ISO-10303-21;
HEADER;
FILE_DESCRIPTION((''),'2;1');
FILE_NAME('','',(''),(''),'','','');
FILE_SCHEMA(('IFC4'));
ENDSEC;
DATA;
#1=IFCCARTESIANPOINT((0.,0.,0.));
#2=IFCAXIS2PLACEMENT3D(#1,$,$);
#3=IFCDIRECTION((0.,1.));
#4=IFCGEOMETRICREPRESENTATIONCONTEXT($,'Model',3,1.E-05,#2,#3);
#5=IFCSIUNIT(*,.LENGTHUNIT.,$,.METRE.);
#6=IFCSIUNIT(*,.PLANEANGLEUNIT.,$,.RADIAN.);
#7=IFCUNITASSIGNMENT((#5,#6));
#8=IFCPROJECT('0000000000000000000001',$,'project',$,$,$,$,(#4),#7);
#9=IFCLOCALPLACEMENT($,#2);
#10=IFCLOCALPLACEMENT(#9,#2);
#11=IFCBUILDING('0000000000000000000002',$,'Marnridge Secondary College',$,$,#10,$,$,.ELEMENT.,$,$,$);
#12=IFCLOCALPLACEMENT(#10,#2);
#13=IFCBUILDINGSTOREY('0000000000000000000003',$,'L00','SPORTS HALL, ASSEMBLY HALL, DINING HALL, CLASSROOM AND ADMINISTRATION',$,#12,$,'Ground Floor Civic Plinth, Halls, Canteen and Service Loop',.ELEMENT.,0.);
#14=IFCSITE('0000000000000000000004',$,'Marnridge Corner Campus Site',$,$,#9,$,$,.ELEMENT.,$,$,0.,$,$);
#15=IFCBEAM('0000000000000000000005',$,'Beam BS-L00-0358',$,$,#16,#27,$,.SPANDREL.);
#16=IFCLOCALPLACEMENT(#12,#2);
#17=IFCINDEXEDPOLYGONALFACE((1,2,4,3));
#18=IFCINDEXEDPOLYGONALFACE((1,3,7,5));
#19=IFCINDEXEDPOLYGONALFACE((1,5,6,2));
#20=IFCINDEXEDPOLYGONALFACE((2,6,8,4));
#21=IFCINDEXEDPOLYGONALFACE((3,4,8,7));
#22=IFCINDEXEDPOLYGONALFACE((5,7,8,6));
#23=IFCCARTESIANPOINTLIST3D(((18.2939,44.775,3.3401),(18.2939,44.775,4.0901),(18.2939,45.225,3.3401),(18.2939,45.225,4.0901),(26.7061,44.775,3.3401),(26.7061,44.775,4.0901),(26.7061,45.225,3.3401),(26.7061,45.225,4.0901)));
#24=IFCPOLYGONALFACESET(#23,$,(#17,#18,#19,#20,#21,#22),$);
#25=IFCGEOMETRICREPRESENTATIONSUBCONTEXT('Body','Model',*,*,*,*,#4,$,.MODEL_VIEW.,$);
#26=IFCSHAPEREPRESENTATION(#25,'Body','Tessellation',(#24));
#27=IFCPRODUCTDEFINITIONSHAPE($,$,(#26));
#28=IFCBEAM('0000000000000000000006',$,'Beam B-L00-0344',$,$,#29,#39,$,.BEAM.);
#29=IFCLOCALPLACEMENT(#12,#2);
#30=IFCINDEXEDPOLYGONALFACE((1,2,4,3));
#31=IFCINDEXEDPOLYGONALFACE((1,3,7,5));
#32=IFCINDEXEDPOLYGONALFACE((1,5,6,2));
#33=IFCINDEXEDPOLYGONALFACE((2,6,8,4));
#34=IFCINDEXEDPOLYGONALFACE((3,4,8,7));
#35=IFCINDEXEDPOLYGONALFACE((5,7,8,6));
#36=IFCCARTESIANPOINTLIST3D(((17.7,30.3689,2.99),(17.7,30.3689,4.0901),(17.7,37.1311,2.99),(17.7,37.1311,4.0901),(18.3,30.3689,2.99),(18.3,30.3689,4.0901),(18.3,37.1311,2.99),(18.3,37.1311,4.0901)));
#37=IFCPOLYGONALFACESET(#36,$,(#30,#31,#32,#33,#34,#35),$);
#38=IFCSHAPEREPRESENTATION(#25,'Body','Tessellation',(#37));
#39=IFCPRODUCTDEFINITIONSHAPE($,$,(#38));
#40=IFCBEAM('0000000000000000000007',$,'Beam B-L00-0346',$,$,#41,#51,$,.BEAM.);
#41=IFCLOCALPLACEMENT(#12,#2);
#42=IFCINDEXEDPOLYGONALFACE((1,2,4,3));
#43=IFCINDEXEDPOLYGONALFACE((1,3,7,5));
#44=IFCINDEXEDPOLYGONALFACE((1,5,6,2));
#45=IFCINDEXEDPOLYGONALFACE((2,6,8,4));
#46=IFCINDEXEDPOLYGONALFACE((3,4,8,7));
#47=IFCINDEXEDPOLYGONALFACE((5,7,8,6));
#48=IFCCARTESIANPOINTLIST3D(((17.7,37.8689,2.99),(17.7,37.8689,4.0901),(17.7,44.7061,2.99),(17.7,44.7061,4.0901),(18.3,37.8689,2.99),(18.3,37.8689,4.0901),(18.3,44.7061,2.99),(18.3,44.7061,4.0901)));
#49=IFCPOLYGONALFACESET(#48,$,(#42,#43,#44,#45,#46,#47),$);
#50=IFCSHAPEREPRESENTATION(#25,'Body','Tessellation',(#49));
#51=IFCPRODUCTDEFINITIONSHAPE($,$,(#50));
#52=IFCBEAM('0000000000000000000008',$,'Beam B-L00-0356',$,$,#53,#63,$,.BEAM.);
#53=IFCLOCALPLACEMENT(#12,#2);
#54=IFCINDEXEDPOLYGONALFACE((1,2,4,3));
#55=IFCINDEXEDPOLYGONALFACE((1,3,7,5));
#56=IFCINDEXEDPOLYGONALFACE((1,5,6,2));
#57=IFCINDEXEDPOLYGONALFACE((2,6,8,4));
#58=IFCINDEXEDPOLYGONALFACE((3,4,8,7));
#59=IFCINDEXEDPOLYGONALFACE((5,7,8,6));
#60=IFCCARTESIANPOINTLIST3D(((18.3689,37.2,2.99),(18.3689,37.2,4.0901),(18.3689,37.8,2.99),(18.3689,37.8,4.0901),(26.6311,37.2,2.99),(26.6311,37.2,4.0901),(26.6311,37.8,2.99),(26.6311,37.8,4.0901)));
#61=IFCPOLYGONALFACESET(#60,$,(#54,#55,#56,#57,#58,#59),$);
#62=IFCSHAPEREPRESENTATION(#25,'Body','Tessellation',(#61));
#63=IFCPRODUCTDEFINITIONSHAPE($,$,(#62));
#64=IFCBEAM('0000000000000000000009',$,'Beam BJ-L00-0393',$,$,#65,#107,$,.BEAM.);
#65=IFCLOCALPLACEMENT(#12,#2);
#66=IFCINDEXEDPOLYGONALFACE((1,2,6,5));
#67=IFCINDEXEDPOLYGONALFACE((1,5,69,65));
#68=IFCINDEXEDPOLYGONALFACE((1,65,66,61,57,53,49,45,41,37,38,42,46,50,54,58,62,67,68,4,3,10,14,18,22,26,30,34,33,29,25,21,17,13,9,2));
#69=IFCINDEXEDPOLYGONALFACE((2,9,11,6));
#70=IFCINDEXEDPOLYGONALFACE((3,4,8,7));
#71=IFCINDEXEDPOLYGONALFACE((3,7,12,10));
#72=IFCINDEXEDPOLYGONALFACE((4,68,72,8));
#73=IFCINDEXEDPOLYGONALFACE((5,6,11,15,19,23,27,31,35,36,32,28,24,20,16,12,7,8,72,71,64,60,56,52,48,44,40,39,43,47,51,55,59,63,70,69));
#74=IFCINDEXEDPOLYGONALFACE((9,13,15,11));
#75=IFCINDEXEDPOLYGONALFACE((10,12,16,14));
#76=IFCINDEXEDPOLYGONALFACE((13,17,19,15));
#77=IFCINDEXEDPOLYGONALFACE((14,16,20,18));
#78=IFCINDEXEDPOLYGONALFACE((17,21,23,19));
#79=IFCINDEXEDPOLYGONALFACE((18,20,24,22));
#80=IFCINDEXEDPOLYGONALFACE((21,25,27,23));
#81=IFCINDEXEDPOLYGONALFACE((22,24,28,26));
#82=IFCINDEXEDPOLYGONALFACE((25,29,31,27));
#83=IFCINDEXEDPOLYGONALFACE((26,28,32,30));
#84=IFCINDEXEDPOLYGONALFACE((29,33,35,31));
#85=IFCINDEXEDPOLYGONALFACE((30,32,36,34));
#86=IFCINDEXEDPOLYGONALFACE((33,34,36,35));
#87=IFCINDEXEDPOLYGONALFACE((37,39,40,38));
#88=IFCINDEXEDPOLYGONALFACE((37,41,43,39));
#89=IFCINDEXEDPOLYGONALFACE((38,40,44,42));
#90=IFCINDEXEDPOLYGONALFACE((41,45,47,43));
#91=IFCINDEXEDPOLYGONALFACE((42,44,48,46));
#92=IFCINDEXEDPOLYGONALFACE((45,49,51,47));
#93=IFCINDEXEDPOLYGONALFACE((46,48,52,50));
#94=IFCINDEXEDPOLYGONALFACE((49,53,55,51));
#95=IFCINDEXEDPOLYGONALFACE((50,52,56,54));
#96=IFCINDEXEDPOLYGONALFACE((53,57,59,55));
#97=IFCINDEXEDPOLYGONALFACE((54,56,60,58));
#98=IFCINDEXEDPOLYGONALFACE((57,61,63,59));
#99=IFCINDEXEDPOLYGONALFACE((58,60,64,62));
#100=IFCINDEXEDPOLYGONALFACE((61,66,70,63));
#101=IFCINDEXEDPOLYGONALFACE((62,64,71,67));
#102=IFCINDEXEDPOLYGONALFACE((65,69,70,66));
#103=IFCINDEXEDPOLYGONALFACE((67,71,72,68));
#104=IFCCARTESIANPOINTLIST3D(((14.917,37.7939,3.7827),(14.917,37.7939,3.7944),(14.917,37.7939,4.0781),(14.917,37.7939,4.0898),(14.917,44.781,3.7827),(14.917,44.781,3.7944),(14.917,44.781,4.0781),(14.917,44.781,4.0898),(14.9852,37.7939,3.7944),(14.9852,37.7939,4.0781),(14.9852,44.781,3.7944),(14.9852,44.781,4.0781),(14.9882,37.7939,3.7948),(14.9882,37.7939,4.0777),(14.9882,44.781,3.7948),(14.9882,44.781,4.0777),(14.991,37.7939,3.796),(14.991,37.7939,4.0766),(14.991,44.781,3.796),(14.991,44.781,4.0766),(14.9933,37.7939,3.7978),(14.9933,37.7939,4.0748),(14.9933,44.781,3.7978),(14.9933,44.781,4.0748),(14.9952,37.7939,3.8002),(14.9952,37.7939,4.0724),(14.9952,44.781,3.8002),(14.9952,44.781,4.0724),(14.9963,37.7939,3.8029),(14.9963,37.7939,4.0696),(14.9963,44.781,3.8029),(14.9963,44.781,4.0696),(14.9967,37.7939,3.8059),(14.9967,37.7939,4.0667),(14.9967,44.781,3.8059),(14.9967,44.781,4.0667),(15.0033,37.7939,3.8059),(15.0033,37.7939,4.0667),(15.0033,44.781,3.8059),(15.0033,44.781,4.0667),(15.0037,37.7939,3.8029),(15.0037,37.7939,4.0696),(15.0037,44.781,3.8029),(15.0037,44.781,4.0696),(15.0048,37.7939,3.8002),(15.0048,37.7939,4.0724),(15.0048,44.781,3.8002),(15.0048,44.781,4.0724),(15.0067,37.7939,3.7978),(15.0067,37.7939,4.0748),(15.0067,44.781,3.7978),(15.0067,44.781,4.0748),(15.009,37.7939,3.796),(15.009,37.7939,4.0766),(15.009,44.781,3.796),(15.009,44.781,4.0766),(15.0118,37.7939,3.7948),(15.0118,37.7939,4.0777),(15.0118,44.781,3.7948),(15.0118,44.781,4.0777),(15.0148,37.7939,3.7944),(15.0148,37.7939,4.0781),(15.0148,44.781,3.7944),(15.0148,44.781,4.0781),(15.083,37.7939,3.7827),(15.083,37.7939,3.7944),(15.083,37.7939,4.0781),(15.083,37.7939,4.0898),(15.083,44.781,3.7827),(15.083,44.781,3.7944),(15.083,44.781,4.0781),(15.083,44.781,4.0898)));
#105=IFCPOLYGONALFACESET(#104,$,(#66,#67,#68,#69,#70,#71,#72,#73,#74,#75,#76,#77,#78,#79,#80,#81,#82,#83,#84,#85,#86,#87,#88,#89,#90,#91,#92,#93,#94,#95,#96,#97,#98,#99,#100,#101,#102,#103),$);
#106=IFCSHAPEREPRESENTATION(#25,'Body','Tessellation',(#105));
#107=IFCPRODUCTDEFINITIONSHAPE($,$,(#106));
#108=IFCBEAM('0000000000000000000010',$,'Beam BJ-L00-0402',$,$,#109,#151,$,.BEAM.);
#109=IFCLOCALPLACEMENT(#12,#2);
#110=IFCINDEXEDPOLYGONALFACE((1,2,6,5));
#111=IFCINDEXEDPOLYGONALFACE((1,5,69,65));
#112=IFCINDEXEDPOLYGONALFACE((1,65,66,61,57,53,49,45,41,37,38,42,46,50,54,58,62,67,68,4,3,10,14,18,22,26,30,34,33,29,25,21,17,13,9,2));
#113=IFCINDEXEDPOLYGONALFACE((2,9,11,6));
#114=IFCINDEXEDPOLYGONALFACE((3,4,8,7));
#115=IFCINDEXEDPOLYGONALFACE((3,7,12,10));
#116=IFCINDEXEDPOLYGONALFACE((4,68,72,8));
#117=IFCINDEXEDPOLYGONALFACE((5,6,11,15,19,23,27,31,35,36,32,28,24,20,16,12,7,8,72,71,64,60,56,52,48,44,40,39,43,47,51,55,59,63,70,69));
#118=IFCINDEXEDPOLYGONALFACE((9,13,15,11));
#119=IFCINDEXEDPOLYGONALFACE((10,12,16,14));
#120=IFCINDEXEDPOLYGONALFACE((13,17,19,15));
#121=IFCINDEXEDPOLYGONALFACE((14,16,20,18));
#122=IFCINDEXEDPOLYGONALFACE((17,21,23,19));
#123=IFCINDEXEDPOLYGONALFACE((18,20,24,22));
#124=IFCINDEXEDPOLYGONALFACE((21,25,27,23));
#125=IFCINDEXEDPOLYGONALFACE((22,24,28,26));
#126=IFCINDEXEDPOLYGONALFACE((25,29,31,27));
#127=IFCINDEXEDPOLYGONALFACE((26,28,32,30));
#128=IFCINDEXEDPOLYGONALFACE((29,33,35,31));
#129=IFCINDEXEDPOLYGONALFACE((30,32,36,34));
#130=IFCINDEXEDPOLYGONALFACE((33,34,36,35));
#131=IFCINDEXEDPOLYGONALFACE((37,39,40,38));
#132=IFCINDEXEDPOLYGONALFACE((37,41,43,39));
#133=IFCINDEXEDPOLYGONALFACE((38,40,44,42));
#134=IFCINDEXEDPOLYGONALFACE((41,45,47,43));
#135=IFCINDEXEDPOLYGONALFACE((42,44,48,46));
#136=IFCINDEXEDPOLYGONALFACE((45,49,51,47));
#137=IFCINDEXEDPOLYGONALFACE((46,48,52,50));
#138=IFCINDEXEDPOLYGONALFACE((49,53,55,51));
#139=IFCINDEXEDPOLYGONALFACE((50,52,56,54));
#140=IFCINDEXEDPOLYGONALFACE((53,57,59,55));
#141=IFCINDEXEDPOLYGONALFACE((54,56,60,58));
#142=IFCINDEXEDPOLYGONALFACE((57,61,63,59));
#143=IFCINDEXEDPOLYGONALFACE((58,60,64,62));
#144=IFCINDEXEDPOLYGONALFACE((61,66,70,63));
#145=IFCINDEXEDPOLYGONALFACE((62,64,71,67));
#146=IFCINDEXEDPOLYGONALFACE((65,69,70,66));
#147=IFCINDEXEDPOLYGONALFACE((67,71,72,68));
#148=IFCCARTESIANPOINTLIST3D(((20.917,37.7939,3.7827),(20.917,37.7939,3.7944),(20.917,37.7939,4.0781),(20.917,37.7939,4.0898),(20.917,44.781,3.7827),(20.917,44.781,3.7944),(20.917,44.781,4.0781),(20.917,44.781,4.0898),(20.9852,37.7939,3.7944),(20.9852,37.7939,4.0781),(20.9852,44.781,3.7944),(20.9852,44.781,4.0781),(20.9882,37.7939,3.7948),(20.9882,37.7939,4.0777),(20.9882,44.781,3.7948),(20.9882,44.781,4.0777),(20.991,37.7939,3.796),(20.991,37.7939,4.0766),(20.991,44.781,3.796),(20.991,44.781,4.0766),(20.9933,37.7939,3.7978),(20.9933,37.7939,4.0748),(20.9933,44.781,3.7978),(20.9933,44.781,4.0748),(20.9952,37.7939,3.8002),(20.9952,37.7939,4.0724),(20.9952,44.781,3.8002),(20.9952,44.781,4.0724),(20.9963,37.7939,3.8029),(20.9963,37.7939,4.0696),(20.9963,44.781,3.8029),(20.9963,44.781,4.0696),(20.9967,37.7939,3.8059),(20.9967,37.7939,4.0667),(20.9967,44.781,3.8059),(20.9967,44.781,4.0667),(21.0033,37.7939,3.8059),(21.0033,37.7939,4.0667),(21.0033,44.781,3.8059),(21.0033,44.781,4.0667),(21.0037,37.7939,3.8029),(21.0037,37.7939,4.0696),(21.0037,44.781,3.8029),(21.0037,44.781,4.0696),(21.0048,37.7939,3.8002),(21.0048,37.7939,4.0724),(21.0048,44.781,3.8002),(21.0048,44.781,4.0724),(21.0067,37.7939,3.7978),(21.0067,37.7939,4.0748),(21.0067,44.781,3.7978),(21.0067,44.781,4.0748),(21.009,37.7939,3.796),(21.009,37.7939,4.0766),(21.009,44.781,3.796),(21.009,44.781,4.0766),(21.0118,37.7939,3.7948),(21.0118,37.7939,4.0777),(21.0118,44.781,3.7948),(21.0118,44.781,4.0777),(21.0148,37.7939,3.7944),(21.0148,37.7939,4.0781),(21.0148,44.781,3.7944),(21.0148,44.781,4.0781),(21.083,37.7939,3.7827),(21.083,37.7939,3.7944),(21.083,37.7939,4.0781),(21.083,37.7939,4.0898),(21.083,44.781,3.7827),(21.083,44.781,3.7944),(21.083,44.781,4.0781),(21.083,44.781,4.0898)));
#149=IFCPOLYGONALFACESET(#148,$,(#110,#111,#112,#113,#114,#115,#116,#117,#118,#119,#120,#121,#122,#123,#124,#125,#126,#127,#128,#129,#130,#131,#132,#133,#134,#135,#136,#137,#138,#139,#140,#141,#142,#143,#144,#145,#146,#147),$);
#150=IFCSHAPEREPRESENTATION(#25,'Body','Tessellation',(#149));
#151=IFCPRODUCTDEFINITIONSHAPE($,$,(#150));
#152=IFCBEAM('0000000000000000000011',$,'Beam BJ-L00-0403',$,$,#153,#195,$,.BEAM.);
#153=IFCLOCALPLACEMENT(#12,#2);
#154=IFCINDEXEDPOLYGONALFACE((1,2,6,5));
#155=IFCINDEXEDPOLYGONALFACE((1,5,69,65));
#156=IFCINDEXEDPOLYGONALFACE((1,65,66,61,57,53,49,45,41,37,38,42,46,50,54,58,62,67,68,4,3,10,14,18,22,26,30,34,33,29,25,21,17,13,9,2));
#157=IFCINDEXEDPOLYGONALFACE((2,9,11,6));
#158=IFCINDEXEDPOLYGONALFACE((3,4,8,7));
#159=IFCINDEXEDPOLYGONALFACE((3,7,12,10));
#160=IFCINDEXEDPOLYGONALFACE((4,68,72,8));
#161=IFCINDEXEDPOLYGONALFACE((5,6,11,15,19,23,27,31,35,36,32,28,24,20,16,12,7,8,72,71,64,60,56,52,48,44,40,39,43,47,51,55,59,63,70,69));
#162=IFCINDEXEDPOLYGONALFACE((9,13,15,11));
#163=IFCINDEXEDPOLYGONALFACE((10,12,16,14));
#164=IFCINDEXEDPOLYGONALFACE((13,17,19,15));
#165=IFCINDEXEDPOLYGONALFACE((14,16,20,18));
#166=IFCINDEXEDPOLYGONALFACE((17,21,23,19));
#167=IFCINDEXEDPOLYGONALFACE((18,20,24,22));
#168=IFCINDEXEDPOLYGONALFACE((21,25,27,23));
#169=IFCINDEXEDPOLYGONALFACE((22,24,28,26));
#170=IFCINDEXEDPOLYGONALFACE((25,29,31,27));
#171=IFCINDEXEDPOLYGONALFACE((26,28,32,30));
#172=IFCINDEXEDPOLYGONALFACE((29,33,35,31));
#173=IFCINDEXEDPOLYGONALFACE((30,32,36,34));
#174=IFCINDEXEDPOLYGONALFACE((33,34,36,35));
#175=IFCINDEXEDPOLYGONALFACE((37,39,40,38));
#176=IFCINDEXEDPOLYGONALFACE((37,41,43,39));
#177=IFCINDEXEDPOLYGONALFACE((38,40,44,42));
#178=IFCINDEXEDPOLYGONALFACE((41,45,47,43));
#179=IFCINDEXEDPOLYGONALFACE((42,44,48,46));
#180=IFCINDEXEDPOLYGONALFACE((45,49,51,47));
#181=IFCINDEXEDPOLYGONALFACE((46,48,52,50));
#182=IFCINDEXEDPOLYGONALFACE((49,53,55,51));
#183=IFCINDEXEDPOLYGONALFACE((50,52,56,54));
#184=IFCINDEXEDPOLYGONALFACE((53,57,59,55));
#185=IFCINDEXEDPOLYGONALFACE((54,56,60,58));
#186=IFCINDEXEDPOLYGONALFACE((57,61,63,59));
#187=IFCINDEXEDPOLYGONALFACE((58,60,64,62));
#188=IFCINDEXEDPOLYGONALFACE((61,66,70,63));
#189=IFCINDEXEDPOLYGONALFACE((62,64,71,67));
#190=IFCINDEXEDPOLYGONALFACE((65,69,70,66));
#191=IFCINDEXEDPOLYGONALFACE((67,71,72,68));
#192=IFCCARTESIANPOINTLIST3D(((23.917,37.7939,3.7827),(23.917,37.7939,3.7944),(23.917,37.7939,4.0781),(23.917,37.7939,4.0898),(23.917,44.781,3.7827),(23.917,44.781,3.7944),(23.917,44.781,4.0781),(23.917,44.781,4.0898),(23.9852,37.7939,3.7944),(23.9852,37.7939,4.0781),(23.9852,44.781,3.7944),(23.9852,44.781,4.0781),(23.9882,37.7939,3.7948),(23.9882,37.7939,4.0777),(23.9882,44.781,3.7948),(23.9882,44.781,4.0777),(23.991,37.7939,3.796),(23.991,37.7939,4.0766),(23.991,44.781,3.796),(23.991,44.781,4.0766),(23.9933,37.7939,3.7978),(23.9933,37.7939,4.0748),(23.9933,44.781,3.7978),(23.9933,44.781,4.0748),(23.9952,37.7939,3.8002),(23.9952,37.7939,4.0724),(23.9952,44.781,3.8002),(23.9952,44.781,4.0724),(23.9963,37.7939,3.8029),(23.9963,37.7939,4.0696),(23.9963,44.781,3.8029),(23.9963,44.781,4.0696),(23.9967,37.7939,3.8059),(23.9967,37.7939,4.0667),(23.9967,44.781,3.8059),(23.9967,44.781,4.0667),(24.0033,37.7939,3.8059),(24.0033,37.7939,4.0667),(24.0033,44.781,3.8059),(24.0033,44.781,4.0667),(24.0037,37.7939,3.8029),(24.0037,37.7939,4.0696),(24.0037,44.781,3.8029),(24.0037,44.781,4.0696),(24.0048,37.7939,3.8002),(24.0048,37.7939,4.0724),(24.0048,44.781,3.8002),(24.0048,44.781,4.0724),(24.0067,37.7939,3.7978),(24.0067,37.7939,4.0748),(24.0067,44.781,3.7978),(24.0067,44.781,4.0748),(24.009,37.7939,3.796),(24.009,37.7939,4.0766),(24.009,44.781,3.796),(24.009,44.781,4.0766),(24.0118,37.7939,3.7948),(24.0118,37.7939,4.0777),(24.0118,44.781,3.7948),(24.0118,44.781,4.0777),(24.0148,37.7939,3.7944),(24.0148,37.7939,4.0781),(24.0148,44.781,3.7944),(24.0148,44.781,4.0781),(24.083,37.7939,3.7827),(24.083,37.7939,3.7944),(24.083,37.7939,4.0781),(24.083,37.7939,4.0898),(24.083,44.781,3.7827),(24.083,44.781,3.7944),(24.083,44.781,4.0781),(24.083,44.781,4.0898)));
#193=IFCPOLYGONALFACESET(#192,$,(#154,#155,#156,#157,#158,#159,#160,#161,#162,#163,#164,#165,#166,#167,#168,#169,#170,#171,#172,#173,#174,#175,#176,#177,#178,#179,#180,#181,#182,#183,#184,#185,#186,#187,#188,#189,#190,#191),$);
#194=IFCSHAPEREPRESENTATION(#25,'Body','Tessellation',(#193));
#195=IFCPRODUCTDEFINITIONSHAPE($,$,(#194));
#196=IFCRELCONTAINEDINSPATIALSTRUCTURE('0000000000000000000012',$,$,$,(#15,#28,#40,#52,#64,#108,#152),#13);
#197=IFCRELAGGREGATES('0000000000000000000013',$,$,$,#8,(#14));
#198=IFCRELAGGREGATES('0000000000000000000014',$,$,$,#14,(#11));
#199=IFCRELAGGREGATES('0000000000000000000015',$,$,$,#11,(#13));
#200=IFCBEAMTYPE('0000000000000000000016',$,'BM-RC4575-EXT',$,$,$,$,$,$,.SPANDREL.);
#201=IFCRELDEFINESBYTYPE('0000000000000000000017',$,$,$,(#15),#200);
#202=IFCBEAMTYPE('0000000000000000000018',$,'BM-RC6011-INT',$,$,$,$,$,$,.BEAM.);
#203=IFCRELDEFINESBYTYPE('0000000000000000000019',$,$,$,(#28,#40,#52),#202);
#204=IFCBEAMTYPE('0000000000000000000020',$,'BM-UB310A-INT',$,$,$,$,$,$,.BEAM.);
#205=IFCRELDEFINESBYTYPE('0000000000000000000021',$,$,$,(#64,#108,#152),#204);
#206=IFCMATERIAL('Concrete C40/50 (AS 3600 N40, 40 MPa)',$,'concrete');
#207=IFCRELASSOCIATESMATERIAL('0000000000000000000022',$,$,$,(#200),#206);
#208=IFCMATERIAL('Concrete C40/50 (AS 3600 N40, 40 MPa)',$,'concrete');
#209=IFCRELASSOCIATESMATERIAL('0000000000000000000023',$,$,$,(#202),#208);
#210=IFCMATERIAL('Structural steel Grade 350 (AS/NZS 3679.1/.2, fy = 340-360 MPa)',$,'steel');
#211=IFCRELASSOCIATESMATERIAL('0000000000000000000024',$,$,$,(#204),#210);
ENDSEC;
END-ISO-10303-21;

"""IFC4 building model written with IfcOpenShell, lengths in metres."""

from ifc_helpers import new_model, si_unit, direction, frame, origin, origin_2d, place, context, subcontext, project, spatial, rectangle, i_section, extrude, material, material_profile, profile_set, type_object, element, save


model = new_model("IFC4")

# Units and contexts
model_context = context("Model", 3, precision=1e-05, world=origin(), true_north=direction((0.0, 1.0)))
body_context = subcontext(model_context, "Body", "Model", "MODEL_VIEW")
ifc_project = project(units=[si_unit("LENGTHUNIT", "METRE"), si_unit("PLANEANGLEUNIT", "RADIAN")], contexts=[model_context])

# Site, building, storey
site_placement = place(None, origin())
site = spatial("IfcSite", under=ifc_project, at=site_placement, Name="Marnridge Corner Campus Site", CompositionType="ELEMENT", RefElevation=0.0)
building_placement = place(site_placement, origin())
building = spatial("IfcBuilding", under=site, at=building_placement, Name="Marnridge Secondary College", CompositionType="ELEMENT")
storey_placement = place(building_placement, origin())
storey = spatial("IfcBuildingStorey", under=building, at=storey_placement, Name="L00", Description="SPORTS HALL, ASSEMBLY HALL, DINING HALL, CLASSROOM AND ADMINISTRATION", LongName="Ground Floor Civic Plinth, Halls, Canteen and Service Loop", CompositionType="ELEMENT", Elevation=0.0)

# Beams
ifc_material_1 = material(Name="Concrete C40/50 (AS 3600 N40, 40 MPa)", Category="concrete")
ifc_material_profile_1 = material_profile(ifc_material_1, rectangle(XDim=0.45, YDim=0.75, at=origin_2d()), Name="RC 450x750")
ifc_profile_set_1 = profile_set([ifc_material_profile_1], Name="Concrete C40/50 (AS 3600 N40, 40 MPa)")
beam_type_1 = type_object("IfcBeamType", Name="BM-RC4575-EXT", PredefinedType="SPANDREL", material=ifc_profile_set_1)
beam_1_placement = place(storey_placement, frame((18.2939, 45.0, 3.7151), z_axis=(1.0, 0.0, 0.0), x_axis=(0.0, 1.0, 0.0)))
element("IfcBeam", 1, at=beam_1_placement, inside=storey, type_object=beam_type_1, Name="Beam BS-L00-0358", PredefinedType="SPANDREL", context=body_context, shape_type="SweptSolid", body=[
    extrude(rectangle(XDim=0.45, YDim=0.75, at=origin_2d()), origin(), (0.0, 0.0, 1.0), 8.4121),
])
ifc_material_2 = material(Name="Concrete C40/50 (AS 3600 N40, 40 MPa)", Category="concrete")
ifc_material_profile_2 = material_profile(ifc_material_2, rectangle(XDim=0.6001, YDim=1.1001, at=origin_2d()), Name="RC 600x1100")
ifc_profile_set_2 = profile_set([ifc_material_profile_2], Name="Concrete C40/50 (AS 3600 N40, 40 MPa)")
beam_type_2 = type_object("IfcBeamType", Name="BM-RC6011-INT", PredefinedType="BEAM", material=ifc_profile_set_2)
beam_2_placement = place(storey_placement, frame((18.0, 30.3689, 3.54), z_axis=(0.0, 1.0, 0.0), x_axis=(-1.0, 0.0, 0.0)))
element("IfcBeam", 2, at=beam_2_placement, inside=storey, type_object=beam_type_2, Name="Beam B-L00-0344", PredefinedType="BEAM", context=body_context, shape_type="SweptSolid", body=[
    extrude(rectangle(XDim=0.6001, YDim=1.1001, at=origin_2d()), origin(), (0.0, 0.0, 1.0), 6.7622),
])
beam_3_placement = place(storey_placement, frame((18.0, 37.8689, 3.54), z_axis=(0.0, 1.0, 0.0), x_axis=(-1.0, 0.0, 0.0)))
element("IfcBeam", 3, at=beam_3_placement, inside=storey, type_object=beam_type_2, Name="Beam B-L00-0346", PredefinedType="BEAM", context=body_context, shape_type="SweptSolid", body=[
    extrude(rectangle(XDim=0.6001, YDim=1.1001, at=origin_2d()), origin(), (0.0, 0.0, 1.0), 6.8372),
])
beam_4_placement = place(storey_placement, frame((18.3689, 37.5, 3.54), z_axis=(1.0, 0.0, 0.0), x_axis=(0.0, 1.0, 0.0)))
element("IfcBeam", 4, at=beam_4_placement, inside=storey, type_object=beam_type_2, Name="Beam B-L00-0356", PredefinedType="BEAM", context=body_context, shape_type="SweptSolid", body=[
    extrude(rectangle(XDim=0.6001, YDim=1.1001, at=origin_2d()), origin(), (0.0, 0.0, 1.0), 8.2622),
])
ifc_material_3 = material(Name="Structural steel Grade 350 (AS/NZS 3679.1/.2, fy = 340-360 MPa)", Category="steel")
ifc_material_profile_3 = material_profile(ifc_material_3, i_section(OverallWidth=0.166, OverallDepth=0.3071, WebThickness=0.0066, FlangeThickness=0.0117, FilletRadius=0.0115, at=origin_2d()), Name="310UB46.2")
ifc_profile_set_3 = profile_set([ifc_material_profile_3], Name="Structural steel Grade 350 (AS/NZS 3679.1/.2, fy = 340-360 MPa)")
beam_type_3 = type_object("IfcBeamType", Name="BM-UB310A-INT", PredefinedType="BEAM", material=ifc_profile_set_3)
for number, where, z_axis, x_axis, name in (
    (5, (15.0, 37.7939, 3.9363), (0.0, 1.0, 0.0), (-1.0, 0.0, 0.0), "Beam BJ-L00-0393"),
    (6, (21.0, 37.7939, 3.9363), (0.0, 1.0, 0.0), (-1.0, 0.0, 0.0), "Beam BJ-L00-0402"),
    (7, (24.0, 37.7939, 3.9363), (0.0, 1.0, 0.0), (-1.0, 0.0, 0.0), "Beam BJ-L00-0403"),
):
    element("IfcBeam", number, at=place(storey_placement, frame(where, z_axis=z_axis, x_axis=x_axis)), inside=storey, type_object=beam_type_3, Name=name, PredefinedType="BEAM", context=body_context, shape_type="SweptSolid", body=[
        extrude(i_section(OverallWidth=0.166, OverallDepth=0.3071, WebThickness=0.0066, FlangeThickness=0.0117, FilletRadius=0.0115, at=origin_2d()), origin(), (0.0, 0.0, 1.0), 6.9871),
    ])

save(model, "model.ifc")
